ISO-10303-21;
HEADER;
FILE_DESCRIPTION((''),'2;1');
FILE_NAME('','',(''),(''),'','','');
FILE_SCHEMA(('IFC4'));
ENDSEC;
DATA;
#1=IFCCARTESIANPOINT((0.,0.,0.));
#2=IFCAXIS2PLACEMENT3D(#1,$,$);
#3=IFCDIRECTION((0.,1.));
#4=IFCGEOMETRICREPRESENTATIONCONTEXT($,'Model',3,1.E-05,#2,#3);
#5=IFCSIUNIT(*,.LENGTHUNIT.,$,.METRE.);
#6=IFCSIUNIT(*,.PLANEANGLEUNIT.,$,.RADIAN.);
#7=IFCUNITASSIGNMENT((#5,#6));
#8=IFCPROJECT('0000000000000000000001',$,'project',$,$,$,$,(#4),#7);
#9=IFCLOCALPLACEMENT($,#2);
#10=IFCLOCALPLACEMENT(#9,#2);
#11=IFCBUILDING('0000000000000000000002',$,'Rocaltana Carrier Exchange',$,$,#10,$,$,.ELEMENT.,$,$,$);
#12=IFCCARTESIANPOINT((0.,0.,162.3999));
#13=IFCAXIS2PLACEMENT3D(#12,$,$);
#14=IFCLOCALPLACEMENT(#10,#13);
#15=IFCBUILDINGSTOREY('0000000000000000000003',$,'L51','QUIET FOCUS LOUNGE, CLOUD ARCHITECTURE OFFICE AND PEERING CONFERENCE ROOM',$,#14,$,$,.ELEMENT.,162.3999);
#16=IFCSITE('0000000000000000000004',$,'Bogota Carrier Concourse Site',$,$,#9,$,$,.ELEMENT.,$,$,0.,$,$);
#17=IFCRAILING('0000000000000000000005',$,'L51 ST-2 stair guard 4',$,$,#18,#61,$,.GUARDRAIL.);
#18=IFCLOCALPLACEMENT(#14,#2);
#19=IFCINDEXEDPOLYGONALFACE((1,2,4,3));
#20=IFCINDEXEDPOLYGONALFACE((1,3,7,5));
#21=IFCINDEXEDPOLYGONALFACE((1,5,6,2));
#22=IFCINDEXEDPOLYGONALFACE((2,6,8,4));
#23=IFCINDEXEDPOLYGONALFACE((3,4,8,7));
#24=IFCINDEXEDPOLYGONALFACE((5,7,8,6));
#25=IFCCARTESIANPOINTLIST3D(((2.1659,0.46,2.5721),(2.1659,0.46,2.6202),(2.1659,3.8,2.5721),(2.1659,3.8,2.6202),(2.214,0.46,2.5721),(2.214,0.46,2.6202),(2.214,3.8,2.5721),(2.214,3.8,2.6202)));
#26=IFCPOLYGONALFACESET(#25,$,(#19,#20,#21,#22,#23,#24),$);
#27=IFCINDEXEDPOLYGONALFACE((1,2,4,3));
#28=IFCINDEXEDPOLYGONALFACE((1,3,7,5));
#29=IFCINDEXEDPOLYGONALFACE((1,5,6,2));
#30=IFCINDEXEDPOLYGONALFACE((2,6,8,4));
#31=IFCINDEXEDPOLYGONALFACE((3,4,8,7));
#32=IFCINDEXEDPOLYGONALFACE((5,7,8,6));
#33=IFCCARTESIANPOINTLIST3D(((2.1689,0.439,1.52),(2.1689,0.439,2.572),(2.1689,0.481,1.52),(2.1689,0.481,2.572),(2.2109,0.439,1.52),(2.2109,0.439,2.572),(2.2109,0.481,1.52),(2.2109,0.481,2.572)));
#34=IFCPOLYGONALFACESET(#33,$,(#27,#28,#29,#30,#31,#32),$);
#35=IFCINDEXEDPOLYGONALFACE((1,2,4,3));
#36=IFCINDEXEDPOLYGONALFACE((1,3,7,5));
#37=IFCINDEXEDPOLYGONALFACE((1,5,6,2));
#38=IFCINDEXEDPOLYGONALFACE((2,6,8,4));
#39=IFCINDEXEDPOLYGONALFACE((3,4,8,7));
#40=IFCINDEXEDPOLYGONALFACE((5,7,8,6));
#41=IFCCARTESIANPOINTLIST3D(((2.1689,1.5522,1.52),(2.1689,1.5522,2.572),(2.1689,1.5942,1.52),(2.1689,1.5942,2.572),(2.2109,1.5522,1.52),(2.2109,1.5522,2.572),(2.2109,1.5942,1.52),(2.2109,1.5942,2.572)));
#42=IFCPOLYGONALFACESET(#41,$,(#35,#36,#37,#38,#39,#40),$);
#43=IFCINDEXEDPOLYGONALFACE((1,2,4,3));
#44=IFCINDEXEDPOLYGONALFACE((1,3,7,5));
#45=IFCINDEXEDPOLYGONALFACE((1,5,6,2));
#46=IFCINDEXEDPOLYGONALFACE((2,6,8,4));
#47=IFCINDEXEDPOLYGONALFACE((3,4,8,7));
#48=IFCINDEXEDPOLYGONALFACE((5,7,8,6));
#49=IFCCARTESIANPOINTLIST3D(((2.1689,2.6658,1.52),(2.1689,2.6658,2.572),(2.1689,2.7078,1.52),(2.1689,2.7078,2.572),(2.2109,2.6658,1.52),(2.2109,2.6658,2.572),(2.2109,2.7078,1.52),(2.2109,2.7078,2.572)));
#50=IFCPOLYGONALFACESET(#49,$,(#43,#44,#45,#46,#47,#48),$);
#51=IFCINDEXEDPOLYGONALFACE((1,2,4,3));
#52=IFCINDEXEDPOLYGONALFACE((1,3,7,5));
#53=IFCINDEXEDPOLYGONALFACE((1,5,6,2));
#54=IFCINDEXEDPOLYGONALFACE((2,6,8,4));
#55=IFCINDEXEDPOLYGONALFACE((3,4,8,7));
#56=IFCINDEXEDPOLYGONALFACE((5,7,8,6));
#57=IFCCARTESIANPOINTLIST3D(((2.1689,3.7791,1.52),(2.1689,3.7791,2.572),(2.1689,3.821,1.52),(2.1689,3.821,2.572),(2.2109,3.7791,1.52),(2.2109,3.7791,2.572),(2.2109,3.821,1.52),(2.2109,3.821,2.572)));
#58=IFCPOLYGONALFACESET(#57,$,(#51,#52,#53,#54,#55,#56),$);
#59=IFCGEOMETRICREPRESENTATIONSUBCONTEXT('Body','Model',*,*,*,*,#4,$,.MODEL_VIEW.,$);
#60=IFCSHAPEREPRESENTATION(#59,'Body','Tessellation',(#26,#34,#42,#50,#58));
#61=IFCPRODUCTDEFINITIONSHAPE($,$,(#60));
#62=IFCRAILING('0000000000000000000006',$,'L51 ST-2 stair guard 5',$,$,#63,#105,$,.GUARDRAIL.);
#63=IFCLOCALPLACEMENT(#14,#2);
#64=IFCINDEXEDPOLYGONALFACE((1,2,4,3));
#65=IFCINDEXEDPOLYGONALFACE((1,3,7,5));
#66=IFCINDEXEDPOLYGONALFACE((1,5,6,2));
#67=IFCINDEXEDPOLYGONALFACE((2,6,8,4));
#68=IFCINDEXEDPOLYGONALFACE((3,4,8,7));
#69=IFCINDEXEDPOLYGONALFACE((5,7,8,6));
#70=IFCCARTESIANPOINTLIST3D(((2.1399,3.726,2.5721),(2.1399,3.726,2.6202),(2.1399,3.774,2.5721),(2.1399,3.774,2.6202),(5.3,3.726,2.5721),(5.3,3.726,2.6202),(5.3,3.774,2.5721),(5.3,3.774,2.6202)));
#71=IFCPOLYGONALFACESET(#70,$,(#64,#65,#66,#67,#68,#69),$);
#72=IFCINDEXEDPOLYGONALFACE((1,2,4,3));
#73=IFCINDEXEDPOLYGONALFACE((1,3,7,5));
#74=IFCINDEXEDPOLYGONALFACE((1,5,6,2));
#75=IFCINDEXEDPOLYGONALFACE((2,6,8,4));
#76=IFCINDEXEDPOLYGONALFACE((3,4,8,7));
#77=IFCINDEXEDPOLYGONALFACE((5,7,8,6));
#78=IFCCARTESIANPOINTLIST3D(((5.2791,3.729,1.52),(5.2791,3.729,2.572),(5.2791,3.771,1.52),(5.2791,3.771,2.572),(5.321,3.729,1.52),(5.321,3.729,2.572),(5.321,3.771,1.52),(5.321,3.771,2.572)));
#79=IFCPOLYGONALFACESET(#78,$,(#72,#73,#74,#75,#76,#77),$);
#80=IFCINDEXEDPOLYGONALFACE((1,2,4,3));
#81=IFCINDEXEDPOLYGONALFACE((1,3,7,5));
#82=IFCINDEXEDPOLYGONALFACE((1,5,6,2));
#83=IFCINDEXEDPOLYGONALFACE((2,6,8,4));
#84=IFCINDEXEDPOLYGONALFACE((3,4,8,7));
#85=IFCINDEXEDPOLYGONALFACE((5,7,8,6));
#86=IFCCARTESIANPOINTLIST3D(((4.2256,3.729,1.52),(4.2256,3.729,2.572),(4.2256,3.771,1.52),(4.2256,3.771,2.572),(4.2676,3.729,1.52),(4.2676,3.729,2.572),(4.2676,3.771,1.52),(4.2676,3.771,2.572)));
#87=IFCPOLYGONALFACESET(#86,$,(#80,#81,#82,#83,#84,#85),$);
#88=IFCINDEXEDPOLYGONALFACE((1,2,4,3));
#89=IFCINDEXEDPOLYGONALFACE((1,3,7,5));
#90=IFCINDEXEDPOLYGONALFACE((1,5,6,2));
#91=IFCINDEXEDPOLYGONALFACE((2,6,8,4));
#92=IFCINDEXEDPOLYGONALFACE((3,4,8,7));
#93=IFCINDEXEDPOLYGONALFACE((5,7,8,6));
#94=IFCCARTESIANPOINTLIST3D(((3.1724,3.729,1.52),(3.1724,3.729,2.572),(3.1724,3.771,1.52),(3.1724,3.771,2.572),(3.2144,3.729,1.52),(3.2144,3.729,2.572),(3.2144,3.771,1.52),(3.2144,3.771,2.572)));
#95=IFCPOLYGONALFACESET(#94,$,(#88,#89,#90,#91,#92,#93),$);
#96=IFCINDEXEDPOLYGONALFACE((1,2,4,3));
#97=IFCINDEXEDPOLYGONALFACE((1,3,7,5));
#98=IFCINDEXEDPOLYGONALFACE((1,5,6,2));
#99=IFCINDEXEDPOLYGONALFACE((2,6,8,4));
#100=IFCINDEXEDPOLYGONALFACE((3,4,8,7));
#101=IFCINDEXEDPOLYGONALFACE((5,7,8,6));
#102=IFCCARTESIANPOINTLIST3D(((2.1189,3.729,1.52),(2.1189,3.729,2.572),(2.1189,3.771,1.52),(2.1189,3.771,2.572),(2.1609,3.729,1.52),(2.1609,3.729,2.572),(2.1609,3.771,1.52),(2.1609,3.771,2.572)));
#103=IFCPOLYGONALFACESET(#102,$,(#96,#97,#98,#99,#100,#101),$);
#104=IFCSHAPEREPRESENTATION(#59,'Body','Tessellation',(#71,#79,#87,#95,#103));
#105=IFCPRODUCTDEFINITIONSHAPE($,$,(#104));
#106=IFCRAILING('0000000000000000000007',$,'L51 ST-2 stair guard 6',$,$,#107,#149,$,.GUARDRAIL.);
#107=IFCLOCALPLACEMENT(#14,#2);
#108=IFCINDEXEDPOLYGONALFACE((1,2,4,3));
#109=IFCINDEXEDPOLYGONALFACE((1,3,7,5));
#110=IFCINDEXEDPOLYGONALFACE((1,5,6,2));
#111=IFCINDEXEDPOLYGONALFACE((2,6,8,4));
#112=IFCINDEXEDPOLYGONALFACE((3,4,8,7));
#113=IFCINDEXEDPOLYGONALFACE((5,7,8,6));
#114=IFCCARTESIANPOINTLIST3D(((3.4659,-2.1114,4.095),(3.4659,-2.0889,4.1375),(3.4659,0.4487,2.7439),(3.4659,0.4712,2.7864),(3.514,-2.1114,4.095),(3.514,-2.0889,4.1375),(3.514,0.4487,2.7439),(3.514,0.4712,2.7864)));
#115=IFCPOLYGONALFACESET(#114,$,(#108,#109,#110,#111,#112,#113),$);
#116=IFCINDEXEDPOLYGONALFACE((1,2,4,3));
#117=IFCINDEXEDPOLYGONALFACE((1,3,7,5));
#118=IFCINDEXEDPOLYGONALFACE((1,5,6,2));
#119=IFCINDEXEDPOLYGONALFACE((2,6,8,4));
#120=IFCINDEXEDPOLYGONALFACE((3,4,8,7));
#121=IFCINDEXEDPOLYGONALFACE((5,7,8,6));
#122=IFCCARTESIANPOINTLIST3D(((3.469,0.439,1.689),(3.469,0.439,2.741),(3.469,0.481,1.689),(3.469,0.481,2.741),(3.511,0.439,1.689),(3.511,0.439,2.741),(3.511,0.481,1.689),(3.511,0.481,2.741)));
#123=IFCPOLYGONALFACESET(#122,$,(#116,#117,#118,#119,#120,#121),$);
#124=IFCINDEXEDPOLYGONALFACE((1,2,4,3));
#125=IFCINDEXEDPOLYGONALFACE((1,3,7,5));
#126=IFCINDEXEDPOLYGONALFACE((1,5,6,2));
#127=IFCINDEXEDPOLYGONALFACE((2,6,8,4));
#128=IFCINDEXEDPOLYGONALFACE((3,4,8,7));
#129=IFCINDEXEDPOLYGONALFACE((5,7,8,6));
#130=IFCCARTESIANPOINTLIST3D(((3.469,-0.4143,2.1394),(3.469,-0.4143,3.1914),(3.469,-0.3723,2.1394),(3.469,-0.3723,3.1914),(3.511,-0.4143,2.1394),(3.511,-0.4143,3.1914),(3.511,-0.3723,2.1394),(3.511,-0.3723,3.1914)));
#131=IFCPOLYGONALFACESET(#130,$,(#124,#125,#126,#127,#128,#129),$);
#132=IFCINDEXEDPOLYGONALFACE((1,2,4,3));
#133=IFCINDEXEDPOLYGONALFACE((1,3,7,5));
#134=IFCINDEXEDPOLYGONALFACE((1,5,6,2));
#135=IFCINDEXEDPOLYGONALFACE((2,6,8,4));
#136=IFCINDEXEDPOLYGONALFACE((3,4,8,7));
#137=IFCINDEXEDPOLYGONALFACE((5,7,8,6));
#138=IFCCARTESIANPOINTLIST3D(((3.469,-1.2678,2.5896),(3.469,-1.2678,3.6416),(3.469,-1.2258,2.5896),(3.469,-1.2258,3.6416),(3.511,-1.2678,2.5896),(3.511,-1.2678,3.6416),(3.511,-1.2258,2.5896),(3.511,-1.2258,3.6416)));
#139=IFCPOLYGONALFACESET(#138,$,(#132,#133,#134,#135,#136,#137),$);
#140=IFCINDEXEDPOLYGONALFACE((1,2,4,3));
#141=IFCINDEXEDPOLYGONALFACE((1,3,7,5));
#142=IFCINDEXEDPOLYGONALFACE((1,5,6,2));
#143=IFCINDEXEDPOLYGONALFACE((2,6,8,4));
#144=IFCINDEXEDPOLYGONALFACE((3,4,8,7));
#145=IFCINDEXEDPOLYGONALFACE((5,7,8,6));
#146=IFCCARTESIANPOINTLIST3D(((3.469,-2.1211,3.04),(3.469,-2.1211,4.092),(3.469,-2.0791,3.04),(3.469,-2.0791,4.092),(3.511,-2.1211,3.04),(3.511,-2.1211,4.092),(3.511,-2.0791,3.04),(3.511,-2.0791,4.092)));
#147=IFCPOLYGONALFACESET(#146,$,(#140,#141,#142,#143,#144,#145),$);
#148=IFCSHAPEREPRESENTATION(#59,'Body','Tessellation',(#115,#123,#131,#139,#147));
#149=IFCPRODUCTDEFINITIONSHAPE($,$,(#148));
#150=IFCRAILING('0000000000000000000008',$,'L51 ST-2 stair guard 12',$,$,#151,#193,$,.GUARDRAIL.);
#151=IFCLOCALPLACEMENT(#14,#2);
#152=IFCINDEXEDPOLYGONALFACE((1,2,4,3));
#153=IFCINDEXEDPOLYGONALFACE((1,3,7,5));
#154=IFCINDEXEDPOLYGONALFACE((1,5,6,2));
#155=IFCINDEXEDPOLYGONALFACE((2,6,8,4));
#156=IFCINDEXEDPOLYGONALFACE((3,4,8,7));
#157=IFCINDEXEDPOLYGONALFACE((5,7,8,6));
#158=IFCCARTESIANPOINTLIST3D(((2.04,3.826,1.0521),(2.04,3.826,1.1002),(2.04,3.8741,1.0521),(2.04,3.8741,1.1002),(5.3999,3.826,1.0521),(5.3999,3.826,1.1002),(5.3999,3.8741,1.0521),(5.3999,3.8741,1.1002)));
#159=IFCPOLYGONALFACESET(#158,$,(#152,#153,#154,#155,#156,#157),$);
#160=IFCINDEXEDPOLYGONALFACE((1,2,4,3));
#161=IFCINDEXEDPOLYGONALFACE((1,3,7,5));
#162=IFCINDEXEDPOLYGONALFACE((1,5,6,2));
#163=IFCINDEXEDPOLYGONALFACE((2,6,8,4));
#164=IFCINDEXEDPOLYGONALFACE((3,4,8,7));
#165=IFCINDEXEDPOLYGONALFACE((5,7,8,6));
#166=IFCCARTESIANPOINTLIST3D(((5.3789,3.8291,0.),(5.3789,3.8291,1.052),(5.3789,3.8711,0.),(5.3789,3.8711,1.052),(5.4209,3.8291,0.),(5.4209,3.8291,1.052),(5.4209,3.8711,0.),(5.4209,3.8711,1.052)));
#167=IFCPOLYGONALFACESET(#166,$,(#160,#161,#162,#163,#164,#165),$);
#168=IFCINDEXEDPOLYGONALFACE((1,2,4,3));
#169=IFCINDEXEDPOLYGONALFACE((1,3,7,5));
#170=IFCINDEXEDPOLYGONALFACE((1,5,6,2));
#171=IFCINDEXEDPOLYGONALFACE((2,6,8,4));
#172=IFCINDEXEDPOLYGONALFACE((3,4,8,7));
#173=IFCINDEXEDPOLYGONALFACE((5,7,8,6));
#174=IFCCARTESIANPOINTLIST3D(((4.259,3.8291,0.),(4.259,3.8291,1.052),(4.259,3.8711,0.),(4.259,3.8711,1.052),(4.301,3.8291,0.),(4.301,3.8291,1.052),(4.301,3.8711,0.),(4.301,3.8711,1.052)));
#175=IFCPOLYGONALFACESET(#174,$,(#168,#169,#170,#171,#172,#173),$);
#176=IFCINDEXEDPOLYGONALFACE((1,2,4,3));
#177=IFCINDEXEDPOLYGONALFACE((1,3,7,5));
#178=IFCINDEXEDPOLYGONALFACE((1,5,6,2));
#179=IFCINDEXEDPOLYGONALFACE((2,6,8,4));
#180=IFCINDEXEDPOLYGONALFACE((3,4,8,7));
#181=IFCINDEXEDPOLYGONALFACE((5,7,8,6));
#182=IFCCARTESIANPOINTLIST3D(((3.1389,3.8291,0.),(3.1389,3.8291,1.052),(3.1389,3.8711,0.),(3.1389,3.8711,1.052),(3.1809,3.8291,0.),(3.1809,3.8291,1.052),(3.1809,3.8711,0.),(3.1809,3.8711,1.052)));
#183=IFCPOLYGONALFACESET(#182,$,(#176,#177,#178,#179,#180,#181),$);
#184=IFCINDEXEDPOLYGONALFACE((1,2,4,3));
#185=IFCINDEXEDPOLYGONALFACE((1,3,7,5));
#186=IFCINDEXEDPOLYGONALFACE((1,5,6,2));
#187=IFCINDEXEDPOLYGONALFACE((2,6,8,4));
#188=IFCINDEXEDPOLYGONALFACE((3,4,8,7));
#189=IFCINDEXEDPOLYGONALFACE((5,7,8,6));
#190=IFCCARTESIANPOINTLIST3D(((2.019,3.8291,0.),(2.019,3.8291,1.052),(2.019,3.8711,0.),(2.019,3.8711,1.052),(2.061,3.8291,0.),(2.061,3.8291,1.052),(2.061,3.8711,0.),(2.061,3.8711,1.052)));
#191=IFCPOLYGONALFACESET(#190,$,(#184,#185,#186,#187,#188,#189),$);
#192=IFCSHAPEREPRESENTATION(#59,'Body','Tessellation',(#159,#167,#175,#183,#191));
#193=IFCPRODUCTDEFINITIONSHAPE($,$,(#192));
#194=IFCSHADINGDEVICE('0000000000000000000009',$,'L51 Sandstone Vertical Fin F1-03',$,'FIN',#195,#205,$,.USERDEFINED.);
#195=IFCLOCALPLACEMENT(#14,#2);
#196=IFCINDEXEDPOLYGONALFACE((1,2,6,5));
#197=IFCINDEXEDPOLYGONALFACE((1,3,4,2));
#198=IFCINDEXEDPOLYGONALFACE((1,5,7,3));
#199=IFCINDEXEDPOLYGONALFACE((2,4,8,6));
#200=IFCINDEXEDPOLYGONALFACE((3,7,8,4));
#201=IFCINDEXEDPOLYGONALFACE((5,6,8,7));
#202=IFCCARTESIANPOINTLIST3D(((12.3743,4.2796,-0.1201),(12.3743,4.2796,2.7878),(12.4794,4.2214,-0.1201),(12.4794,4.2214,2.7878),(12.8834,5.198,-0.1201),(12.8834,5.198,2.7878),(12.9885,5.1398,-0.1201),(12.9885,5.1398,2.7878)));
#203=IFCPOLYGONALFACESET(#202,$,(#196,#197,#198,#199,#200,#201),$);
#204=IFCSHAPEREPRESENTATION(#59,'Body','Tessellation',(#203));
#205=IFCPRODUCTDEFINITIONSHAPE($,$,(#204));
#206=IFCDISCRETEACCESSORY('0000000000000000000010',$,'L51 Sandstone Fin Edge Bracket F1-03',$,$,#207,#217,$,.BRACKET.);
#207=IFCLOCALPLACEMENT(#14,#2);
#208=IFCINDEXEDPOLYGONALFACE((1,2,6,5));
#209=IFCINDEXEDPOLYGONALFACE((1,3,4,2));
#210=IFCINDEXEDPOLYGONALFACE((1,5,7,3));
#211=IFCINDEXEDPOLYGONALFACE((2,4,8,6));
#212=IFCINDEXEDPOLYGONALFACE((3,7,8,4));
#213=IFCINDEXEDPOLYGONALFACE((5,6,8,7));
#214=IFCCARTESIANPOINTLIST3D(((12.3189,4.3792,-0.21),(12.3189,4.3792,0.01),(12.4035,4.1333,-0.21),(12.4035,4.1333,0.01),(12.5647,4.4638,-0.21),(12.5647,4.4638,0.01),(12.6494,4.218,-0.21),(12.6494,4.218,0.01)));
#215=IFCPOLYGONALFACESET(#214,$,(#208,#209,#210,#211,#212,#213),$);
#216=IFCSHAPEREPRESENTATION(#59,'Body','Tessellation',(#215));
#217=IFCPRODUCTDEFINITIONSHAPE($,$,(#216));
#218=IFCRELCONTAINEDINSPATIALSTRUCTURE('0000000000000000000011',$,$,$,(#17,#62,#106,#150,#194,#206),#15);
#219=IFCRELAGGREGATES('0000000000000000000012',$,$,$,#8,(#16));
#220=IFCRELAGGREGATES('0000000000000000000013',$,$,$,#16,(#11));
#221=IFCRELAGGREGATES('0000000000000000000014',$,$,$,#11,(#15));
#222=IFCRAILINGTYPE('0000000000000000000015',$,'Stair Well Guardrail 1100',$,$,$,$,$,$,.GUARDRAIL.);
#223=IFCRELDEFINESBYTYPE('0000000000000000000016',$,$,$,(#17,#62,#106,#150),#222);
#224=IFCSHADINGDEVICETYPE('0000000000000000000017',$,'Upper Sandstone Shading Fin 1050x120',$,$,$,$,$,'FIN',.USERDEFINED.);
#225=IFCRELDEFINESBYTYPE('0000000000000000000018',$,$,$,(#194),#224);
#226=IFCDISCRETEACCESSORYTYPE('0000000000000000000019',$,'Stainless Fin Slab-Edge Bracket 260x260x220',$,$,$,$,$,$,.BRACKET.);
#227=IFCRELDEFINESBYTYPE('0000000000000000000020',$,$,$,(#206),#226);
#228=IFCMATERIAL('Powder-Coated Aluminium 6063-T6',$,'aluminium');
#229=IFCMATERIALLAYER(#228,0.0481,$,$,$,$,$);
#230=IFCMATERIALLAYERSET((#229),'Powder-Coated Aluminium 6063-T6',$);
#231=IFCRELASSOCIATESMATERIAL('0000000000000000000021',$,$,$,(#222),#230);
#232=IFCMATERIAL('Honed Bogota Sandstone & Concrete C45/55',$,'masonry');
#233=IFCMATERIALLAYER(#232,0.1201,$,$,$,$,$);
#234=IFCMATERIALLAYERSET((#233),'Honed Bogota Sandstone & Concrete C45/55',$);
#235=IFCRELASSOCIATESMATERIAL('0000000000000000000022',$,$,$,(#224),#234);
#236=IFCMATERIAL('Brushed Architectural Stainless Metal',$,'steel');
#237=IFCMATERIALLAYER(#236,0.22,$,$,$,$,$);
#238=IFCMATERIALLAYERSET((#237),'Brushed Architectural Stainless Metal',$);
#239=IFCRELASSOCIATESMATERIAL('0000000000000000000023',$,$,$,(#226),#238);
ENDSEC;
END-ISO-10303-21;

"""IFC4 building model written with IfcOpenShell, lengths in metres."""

from ifc_helpers import new_model, si_unit, direction, frame, origin, origin_2d, place, context, subcontext, project, spatial, rectangle, extrude, material, layer, layer_set, type_object, element, save


model = new_model("IFC4")

# Units and contexts
model_context = context("Model", 3, precision=1e-05, world=origin(), true_north=direction((0.0, 1.0)))
body_context = subcontext(model_context, "Body", "Model", "MODEL_VIEW")
ifc_project = project(units=[si_unit("LENGTHUNIT", "METRE"), si_unit("PLANEANGLEUNIT", "RADIAN")], contexts=[model_context])

# Site, building, storey
site_placement = place(None, origin())
site = spatial("IfcSite", under=ifc_project, at=site_placement, Name="Bogota Carrier Concourse Site", CompositionType="ELEMENT", RefElevation=0.0)
building_placement = place(site_placement, origin())
building = spatial("IfcBuilding", under=site, at=building_placement, Name="Rocaltana Carrier Exchange", CompositionType="ELEMENT")
storey_placement = place(building_placement, frame((0.0, 0.0, 162.3999)))
storey = spatial("IfcBuildingStorey", under=building, at=storey_placement, Name="L51", Description="QUIET FOCUS LOUNGE, CLOUD ARCHITECTURE OFFICE AND PEERING CONFERENCE ROOM", CompositionType="ELEMENT", Elevation=162.3999)

# Railings
ifc_material_1 = material(Name="Powder-Coated Aluminium 6063-T6", Category="aluminium")
ifc_layer_1 = layer(ifc_material_1, 0.0481)
ifc_layer_set_1 = layer_set([ifc_layer_1], Name="Powder-Coated Aluminium 6063-T6")
railing_type_1 = type_object("IfcRailingType", Name="Stair Well Guardrail 1100", PredefinedType="GUARDRAIL", material=ifc_layer_set_1)
for number, where, name in (
    (1, (2.1899, 0.46, 1.52), "L51 ST-2 stair guard 4"),
):
    element("IfcRailing", number, at=place(storey_placement, frame(where)), inside=storey, type_object=railing_type_1, Name=name, PredefinedType="GUARDRAIL", context=body_context, shape_type="SweptSolid", body=[
        extrude(rectangle(XDim=0.0481, YDim=0.0481, at=origin_2d()), frame((0.0, 0.0, 1.0762), z_axis=(0.0, 1.0, 0.0), x_axis=(-1.0, 0.0, 0.0)), (0.0, 0.0, 1.0), 3.3401),
        extrude(rectangle(XDim=0.042, YDim=0.042, at=origin_2d()), origin(), (0.0, 0.0, 1.0), 1.052),
        extrude(rectangle(XDim=0.042, YDim=0.042, at=origin_2d()), frame((0.0, 1.1133, 0.0)), (0.0, 0.0, 1.0), 1.052),
        extrude(rectangle(XDim=0.042, YDim=0.042, at=origin_2d()), frame((0.0, 2.2268, 0.0)), (0.0, 0.0, 1.0), 1.052),
        extrude(rectangle(XDim=0.042, YDim=0.042, at=origin_2d()), frame((0.0, 3.3401, 0.0)), (0.0, 0.0, 1.0), 1.052),
    ])
railing_1_placement = place(storey_placement, frame((5.3, 3.75, 1.52)))
element("IfcRailing", 2, at=railing_1_placement, inside=storey, type_object=railing_type_1, Name="L51 ST-2 stair guard 5", PredefinedType="GUARDRAIL", context=body_context, shape_type="SweptSolid", body=[
    extrude(rectangle(XDim=0.0481, YDim=0.0481, at=origin_2d()), frame((0.0, 0.0, 1.0762), z_axis=(-1.0, 0.0, 0.0), x_axis=(0.0, -1.0, 0.0)), (0.0, 0.0, 1.0), 3.1602),
    extrude(rectangle(XDim=0.042, YDim=0.042, at=origin_2d()), origin(), (0.0, 0.0, 1.0), 1.052),
    extrude(rectangle(XDim=0.042, YDim=0.042, at=origin_2d()), frame((-1.0535, 0.0, 0.0)), (0.0, 0.0, 1.0), 1.052),
    extrude(rectangle(XDim=0.042, YDim=0.042, at=origin_2d()), frame((-2.1067, 0.0, 0.0)), (0.0, 0.0, 1.0), 1.052),
    extrude(rectangle(XDim=0.042, YDim=0.042, at=origin_2d()), frame((-3.1602, 0.0, 0.0)), (0.0, 0.0, 1.0), 1.052),
])
railing_2_placement = place(storey_placement, frame((3.49, 0.46, 1.689)))
element("IfcRailing", 3, at=railing_2_placement, inside=storey, type_object=railing_type_1, Name="L51 ST-2 stair guard 6", PredefinedType="GUARDRAIL", context=body_context, shape_type="SweptSolid", body=[
    extrude(rectangle(XDim=0.0481, YDim=0.0481, at=origin_2d()), frame((0.0, 0.0, 1.0762), z_axis=(0.0, -0.884394, 0.46674), x_axis=(1.0, 0.0, 0.0)), (0.0, 0.0, 1.0), 2.8948),
    extrude(rectangle(XDim=0.042, YDim=0.042, at=origin_2d()), origin(), (0.0, 0.0, 1.0), 1.052),
    extrude(rectangle(XDim=0.042, YDim=0.042, at=origin_2d()), frame((0.0, -0.8533, 0.4504)), (0.0, 0.0, 1.0), 1.052),
    extrude(rectangle(XDim=0.042, YDim=0.042, at=origin_2d()), frame((0.0, -1.7068, 0.9006)), (0.0, 0.0, 1.0), 1.052),
    extrude(rectangle(XDim=0.042, YDim=0.042, at=origin_2d()), frame((0.0, -2.5601, 1.3511)), (0.0, 0.0, 1.0), 1.052),
])
railing_3_placement = place(storey_placement, frame((5.3999, 3.8501, 0.0)))
element("IfcRailing", 4, at=railing_3_placement, inside=storey, type_object=railing_type_1, Name="L51 ST-2 stair guard 12", PredefinedType="GUARDRAIL", context=body_context, shape_type="SweptSolid", body=[
    extrude(rectangle(XDim=0.0481, YDim=0.0481, at=origin_2d()), frame((0.0, 0.0, 1.0762), z_axis=(-1.0, 0.0, 0.0), x_axis=(0.0, -1.0, 0.0)), (0.0, 0.0, 1.0), 3.3599),
    extrude(rectangle(XDim=0.042, YDim=0.042, at=origin_2d()), origin(), (0.0, 0.0, 1.0), 1.052),
    extrude(rectangle(XDim=0.042, YDim=0.042, at=origin_2d()), frame((-1.1199, 0.0, 0.0)), (0.0, 0.0, 1.0), 1.052),
    extrude(rectangle(XDim=0.042, YDim=0.042, at=origin_2d()), frame((-2.24, 0.0, 0.0)), (0.0, 0.0, 1.0), 1.052),
    extrude(rectangle(XDim=0.042, YDim=0.042, at=origin_2d()), frame((-3.3599, 0.0, 0.0)), (0.0, 0.0, 1.0), 1.052),
])

# Shading device
ifc_material_2 = material(Name="Honed Bogota Sandstone & Concrete C45/55", Category="masonry")
ifc_layer_2 = layer(ifc_material_2, 0.1201)
ifc_layer_set_2 = layer_set([ifc_layer_2], Name="Honed Bogota Sandstone & Concrete C45/55")
shading_device_type = type_object("IfcShadingDeviceType", Name="Upper Sandstone Shading Fin 1050x120", ElementType="FIN", PredefinedType="USERDEFINED", material=ifc_layer_set_2)
shading_device_placement = place(storey_placement, frame((12.6814, 4.7097, -0.1201), z_axis=(0.0, 0.0, 1.0), x_axis=(0.48481, 0.87462, 0.0)))
element("IfcShadingDevice", 5, at=shading_device_placement, inside=storey, type_object=shading_device_type, Name="L51 Sandstone Vertical Fin F1-03", ObjectType="FIN", PredefinedType="USERDEFINED", context=body_context, shape_type="SweptSolid", body=[
    extrude(rectangle(XDim=1.05, YDim=0.1201, at=origin_2d()), origin(), (0.0, 0.0, 1.0), 2.908),
])

# Discrete accessory
ifc_material_3 = material(Name="Brushed Architectural Stainless Metal", Category="steel")
ifc_layer_3 = layer(ifc_material_3, 0.22)
ifc_layer_set_3 = layer_set([ifc_layer_3], Name="Brushed Architectural Stainless Metal")
discrete_accessory_type = type_object("IfcDiscreteAccessoryType", Name="Stainless Fin Slab-Edge Bracket 260x260x220", PredefinedType="BRACKET", material=ifc_layer_set_3)
discrete_accessory_placement = place(storey_placement, frame((12.4841, 4.2986, -0.21), z_axis=(0.0, 0.0, 1.0), x_axis=(-0.325568, 0.945519, 0.0)))
element("IfcDiscreteAccessory", 6, at=discrete_accessory_placement, inside=storey, type_object=discrete_accessory_type, Name="L51 Sandstone Fin Edge Bracket F1-03", PredefinedType="BRACKET", context=body_context, shape_type="SweptSolid", body=[
    extrude(rectangle(XDim=0.26, YDim=0.26, at=origin_2d()), origin(), (0.0, 0.0, 1.0), 0.22),
])

save(model, "model.ifc")
